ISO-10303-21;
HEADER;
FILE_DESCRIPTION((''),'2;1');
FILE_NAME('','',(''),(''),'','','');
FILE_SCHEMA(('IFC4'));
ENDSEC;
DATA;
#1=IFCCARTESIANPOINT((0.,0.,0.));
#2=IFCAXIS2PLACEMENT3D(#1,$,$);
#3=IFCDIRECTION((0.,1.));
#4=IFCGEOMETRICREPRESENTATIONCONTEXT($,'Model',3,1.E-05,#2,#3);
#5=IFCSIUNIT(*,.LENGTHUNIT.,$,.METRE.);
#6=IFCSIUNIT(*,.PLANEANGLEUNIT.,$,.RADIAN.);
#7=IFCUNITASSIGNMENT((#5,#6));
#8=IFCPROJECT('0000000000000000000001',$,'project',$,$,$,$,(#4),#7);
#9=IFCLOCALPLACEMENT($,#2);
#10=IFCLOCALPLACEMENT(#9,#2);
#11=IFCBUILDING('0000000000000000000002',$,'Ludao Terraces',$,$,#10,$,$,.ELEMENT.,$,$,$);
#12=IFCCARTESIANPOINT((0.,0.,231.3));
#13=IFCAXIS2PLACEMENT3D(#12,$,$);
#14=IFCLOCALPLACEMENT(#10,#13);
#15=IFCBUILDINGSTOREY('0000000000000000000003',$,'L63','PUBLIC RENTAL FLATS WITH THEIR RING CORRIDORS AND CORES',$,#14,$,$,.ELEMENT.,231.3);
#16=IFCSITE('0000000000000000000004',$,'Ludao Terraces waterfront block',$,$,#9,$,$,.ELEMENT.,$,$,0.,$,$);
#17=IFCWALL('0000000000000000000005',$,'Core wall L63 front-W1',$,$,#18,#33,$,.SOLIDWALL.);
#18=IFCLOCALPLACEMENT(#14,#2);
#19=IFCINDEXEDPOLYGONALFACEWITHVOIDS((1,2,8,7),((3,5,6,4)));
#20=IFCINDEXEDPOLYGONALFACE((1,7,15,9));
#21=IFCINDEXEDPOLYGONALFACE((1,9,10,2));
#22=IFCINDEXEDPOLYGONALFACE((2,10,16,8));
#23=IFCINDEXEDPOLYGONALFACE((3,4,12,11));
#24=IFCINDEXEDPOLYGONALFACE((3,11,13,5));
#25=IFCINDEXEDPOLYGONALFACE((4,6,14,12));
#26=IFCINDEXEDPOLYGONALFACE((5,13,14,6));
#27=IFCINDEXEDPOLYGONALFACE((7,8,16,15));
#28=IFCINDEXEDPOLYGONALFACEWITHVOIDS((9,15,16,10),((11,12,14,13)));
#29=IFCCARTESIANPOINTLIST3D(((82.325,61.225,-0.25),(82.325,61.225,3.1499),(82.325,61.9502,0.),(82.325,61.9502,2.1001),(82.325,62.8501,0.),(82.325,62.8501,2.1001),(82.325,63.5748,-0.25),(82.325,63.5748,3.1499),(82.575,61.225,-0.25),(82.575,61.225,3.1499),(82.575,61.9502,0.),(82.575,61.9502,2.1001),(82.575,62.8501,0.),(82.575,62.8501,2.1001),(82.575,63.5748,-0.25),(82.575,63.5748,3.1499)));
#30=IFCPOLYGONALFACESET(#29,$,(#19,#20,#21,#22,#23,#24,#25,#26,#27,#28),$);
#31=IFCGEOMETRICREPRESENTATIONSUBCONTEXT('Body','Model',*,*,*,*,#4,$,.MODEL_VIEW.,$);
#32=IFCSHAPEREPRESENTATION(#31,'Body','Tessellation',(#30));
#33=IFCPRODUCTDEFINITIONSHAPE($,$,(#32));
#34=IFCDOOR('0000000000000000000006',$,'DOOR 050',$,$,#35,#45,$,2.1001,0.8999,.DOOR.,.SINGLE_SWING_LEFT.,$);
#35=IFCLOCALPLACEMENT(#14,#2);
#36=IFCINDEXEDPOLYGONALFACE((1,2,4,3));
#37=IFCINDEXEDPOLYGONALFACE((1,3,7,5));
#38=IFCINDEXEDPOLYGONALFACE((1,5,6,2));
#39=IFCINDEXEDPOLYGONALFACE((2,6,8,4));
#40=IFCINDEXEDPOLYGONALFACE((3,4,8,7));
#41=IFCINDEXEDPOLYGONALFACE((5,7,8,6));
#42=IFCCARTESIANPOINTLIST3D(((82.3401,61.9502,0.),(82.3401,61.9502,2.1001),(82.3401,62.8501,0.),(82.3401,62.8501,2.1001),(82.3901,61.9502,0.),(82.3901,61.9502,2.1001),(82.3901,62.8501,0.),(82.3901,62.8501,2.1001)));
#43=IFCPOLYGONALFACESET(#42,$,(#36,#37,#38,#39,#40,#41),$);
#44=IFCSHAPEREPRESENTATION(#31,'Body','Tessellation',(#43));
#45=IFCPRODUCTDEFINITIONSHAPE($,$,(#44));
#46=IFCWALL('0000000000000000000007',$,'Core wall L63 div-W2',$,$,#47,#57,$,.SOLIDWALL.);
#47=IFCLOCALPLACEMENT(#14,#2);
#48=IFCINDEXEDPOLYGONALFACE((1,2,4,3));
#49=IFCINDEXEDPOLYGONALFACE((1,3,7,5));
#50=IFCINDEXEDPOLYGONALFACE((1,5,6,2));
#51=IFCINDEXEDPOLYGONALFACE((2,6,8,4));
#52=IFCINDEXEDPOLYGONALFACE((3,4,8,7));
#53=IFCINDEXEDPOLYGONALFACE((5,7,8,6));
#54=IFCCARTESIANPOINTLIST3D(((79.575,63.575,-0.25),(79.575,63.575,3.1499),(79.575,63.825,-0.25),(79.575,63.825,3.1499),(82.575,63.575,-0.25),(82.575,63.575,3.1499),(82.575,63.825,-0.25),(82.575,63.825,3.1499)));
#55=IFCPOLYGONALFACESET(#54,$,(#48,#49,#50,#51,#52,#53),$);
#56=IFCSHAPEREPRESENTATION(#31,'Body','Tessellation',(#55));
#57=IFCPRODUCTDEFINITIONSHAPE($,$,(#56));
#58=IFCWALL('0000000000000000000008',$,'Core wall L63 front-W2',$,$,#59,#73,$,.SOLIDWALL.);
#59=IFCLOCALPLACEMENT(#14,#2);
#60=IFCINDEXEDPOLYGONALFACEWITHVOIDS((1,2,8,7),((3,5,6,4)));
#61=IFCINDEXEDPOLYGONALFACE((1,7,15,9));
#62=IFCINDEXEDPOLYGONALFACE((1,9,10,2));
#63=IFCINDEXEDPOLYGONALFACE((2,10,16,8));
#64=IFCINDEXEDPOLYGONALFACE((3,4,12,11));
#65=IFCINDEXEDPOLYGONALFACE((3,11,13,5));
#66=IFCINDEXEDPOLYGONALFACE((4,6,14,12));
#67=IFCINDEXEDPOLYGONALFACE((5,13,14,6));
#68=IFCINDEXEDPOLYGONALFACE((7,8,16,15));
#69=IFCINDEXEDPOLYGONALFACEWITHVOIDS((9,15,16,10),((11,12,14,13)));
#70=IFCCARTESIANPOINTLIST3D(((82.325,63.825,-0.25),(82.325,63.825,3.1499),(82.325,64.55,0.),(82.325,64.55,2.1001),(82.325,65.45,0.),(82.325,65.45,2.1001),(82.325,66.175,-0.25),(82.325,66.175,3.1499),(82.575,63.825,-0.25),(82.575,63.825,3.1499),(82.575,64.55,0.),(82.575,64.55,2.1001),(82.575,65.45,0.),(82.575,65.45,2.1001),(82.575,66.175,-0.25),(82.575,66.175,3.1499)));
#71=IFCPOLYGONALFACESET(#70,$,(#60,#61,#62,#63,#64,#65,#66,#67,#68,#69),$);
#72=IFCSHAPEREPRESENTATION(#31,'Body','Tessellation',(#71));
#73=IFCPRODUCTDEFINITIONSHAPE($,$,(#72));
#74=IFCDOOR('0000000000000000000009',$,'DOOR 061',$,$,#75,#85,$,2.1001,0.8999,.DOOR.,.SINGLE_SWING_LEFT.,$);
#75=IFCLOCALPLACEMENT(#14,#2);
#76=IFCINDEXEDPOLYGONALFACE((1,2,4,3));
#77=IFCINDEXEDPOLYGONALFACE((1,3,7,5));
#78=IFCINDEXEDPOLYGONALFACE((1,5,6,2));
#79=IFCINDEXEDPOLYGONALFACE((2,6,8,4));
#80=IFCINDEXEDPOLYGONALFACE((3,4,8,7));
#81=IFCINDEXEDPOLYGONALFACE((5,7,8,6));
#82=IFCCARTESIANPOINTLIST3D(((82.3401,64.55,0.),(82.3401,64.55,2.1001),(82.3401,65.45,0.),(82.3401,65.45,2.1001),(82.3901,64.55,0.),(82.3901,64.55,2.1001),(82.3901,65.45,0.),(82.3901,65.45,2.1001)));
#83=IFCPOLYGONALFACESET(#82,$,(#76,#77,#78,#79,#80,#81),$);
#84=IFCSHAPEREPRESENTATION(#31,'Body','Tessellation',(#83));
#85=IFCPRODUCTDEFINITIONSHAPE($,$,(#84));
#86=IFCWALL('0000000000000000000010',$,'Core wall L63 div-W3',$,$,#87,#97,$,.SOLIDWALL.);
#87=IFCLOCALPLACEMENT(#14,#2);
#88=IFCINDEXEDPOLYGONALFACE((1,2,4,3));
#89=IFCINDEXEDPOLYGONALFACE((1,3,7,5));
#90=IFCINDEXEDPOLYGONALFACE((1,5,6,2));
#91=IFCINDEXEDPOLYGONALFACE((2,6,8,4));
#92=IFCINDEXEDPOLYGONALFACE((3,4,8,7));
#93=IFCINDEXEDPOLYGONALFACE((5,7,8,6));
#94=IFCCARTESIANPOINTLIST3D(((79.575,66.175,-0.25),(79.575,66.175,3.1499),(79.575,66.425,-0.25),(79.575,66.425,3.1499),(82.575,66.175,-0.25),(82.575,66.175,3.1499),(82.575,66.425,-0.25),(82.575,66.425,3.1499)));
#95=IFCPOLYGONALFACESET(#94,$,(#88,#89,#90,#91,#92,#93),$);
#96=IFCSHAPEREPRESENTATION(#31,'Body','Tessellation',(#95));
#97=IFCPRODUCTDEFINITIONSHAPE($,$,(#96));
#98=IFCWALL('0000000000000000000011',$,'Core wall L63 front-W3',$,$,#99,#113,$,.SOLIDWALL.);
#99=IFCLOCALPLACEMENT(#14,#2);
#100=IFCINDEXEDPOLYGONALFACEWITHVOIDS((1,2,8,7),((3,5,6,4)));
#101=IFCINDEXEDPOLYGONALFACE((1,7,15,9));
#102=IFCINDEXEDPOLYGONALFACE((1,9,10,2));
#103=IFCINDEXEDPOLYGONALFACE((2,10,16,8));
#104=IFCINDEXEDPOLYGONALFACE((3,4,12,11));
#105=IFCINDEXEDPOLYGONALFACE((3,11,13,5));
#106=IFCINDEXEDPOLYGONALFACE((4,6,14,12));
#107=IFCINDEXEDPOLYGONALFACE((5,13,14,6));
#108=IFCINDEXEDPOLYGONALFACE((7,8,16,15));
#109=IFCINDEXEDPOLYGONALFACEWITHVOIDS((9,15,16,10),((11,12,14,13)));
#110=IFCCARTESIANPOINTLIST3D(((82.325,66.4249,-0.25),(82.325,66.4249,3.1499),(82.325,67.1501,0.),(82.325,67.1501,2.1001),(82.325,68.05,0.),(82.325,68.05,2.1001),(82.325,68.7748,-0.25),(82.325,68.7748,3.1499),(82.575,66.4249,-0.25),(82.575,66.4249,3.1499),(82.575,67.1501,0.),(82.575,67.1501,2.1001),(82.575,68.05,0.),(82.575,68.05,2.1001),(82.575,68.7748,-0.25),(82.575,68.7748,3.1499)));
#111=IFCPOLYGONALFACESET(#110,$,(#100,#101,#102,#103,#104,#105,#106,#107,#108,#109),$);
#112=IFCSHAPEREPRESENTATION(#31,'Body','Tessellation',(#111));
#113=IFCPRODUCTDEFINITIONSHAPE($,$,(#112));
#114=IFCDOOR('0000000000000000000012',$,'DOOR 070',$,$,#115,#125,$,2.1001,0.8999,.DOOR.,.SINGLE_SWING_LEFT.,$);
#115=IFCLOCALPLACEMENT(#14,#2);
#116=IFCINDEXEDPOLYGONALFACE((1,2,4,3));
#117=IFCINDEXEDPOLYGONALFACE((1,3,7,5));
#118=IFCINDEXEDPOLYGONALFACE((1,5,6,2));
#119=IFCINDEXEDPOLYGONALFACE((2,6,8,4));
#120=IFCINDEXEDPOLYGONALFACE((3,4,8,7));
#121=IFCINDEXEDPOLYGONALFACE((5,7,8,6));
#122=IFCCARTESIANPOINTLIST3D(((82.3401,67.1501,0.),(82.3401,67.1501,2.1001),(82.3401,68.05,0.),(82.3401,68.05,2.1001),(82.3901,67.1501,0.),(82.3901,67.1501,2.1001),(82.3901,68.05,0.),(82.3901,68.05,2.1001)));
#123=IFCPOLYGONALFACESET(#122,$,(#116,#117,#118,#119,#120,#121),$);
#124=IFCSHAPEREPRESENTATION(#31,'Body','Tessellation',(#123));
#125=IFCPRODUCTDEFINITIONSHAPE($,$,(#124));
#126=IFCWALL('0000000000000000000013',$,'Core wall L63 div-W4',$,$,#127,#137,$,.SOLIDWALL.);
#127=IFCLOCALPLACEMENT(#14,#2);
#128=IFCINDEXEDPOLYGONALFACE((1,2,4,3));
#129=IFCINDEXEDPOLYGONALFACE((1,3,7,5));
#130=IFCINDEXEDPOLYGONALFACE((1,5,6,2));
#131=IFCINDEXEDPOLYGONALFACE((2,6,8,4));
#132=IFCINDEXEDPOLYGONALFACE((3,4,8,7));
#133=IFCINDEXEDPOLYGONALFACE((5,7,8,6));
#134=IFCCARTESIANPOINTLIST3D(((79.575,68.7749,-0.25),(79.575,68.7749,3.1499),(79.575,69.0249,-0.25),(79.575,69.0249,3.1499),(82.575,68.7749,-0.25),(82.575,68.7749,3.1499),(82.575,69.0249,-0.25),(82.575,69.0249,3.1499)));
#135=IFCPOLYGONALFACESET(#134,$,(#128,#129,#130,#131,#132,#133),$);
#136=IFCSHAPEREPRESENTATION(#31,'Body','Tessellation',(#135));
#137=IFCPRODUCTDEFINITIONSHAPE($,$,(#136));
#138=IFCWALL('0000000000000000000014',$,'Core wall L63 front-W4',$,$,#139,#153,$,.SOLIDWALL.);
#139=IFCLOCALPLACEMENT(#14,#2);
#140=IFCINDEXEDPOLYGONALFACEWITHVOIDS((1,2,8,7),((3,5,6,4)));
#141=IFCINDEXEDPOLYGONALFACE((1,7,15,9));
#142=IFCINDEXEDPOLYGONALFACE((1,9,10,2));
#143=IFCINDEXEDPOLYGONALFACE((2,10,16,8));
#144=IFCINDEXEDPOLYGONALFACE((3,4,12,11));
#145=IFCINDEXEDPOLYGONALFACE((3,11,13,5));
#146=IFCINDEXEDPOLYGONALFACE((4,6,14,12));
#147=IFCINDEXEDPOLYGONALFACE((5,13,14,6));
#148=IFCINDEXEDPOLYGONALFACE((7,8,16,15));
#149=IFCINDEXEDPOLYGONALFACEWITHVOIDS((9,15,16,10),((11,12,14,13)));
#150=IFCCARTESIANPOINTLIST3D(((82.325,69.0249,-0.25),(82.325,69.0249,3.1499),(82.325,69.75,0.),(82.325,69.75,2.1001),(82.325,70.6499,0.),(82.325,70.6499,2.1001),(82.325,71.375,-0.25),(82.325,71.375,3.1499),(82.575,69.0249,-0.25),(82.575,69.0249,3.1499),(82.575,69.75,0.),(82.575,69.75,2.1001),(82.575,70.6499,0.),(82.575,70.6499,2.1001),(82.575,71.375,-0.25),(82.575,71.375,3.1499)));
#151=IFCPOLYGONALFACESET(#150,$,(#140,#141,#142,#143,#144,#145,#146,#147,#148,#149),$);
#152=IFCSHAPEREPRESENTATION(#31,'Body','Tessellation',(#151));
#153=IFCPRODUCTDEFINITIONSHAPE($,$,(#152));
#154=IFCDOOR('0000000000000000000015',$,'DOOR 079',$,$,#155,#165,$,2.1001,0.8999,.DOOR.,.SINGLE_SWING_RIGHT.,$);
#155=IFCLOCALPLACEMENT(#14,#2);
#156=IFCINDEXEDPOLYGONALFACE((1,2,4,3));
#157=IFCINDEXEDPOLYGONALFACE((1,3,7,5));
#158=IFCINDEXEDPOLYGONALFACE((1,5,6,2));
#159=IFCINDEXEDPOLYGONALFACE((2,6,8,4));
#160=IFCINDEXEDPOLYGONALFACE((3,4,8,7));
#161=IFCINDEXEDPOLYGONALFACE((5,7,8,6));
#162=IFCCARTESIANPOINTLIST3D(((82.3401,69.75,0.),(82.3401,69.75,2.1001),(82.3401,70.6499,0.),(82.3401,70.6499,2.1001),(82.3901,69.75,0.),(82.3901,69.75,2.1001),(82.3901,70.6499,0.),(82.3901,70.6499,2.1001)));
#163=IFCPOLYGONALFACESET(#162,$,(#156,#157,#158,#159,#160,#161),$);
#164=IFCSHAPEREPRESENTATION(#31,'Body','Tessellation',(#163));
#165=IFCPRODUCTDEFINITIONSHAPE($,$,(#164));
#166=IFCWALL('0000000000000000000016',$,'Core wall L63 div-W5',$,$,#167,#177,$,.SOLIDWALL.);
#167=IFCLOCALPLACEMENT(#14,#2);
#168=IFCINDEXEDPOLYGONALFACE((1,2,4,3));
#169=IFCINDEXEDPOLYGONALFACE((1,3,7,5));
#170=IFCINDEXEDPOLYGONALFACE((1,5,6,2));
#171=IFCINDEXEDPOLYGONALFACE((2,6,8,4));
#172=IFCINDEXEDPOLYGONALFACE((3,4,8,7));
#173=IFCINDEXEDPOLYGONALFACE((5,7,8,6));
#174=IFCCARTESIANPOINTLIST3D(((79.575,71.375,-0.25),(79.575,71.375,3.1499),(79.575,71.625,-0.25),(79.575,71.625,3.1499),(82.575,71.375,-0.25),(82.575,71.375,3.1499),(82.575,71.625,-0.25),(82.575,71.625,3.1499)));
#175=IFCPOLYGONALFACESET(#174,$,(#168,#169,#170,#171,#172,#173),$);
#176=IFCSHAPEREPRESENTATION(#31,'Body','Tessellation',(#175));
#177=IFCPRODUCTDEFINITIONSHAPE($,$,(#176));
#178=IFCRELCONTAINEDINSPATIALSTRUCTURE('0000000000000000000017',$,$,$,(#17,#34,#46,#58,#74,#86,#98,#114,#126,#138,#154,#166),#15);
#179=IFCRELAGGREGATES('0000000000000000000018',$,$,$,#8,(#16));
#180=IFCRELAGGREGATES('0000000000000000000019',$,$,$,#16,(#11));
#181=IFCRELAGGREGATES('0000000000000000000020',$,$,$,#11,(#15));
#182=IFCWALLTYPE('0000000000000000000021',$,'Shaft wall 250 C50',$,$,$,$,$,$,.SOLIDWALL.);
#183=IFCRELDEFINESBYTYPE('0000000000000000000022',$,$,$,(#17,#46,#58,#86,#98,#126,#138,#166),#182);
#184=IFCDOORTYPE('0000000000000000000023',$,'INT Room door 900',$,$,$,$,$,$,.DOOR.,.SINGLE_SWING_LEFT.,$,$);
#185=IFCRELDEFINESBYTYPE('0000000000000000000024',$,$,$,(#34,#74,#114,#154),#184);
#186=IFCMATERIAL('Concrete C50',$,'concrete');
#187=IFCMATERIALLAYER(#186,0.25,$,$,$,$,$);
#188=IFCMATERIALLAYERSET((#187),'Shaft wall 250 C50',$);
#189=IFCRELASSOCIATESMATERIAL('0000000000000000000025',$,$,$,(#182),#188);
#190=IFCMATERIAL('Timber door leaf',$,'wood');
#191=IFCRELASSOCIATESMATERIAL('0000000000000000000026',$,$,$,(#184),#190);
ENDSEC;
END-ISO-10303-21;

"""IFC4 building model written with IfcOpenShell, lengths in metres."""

from ifc_helpers import new_model, si_unit, direction, frame, frame_2d, origin, place, context, subcontext, project, spatial, rectangle, extrude, material, layer, layer_set, type_object, element, fill, save


model = new_model("IFC4")

# Units and contexts
model_context = context("Model", 3, precision=1e-05, world=origin(), true_north=direction((0.0, 1.0)))
body_context = subcontext(model_context, "Body", "Model", "MODEL_VIEW")
ifc_project = project(units=[si_unit("LENGTHUNIT", "METRE"), si_unit("PLANEANGLEUNIT", "RADIAN")], contexts=[model_context])

# Site, building, storey
site_placement = place(None, origin())
site = spatial("IfcSite", under=ifc_project, at=site_placement, Name="Ludao Terraces waterfront block", CompositionType="ELEMENT", RefElevation=0.0)
building_placement = place(site_placement, origin())
building = spatial("IfcBuilding", under=site, at=building_placement, Name="Ludao Terraces", CompositionType="ELEMENT")
storey_placement = place(building_placement, frame((0.0, 0.0, 231.3)))
storey = spatial("IfcBuildingStorey", under=building, at=storey_placement, Name="L63", Description="PUBLIC RENTAL FLATS WITH THEIR RING CORRIDORS AND CORES", CompositionType="ELEMENT", Elevation=231.3)

# Shared definitions
ifc_material_1 = material(Name="Timber door leaf", Category="wood")

# Shared definitions
ifc_material_2 = material(Name="Concrete C50", Category="concrete")
ifc_layer_1 = layer(ifc_material_2, 0.25)
ifc_layer_set_1 = layer_set([ifc_layer_1], Name="Shaft wall 250 C50")
wall_type_1 = type_object("IfcWallType", Name="Shaft wall 250 C50", PredefinedType="SOLIDWALL", material=ifc_layer_set_1)

# Wall, opening, door
wall_1_placement = place(storey_placement, frame((82.45, 61.2251, -0.25), z_axis=(0.0, 0.0, 1.0), x_axis=(0.0, 1.0, 0.0)))
wall_1 = element("IfcWall", 1, at=wall_1_placement, inside=storey, type_object=wall_type_1, Name="Core wall L63 front-W1", PredefinedType="SOLIDWALL", context=body_context, shape_type="SweptSolid", body=[
    extrude(rectangle(XDim=2.3499, YDim=0.25, at=frame_2d((1.1748, 0.0))), origin(), (0.0, 0.0, 1.0), 3.3999),
])
opening_1_placement = place(wall_1_placement, frame((0.7251, 0.0, 0.25)))
opening_1 = element("IfcOpeningElement", 2, at=opening_1_placement, cuts=wall_1, PredefinedType="OPENING", context=body_context, shape_type="SweptSolid", body=[
    extrude(rectangle(XDim=0.8999, YDim=2.1001, at=frame_2d((0.45, 1.05))), frame((0.0, 0.135, 0.0), z_axis=(0.0, -1.0, 0.0), x_axis=(1.0, 0.0, 0.0)), (0.0, 0.0, 1.0), 0.27),
])
door_type_1 = type_object("IfcDoorType", Name="INT Room door 900", OperationType="SINGLE_SWING_LEFT", PredefinedType="DOOR", material=ifc_material_1)
door_1_placement = place(opening_1_placement, origin())
door_1 = element("IfcDoor", 3, at=door_1_placement, inside=storey, type_object=door_type_1, Name="DOOR 050", OperationType="SINGLE_SWING_LEFT", OverallHeight=2.1001, OverallWidth=0.8999, PredefinedType="DOOR", context=body_context, shape_type="SweptSolid", body=[
    extrude(rectangle(XDim=0.8999, YDim=2.1001, at=frame_2d((0.45, 1.05))), frame((0.0, 0.1099, 0.0), z_axis=(0.0, -1.0, 0.0), x_axis=(1.0, 0.0, 0.0)), (0.0, 0.0, 1.0), 0.05),
])
fill(opening_1, door_1)

# Wall
wall_2_placement = place(storey_placement, frame((79.575, 63.7, -0.25), z_axis=(0.0, 0.0, 1.0), x_axis=(1.0, 0.0, 0.0)))
element("IfcWall", 4, at=wall_2_placement, inside=storey, type_object=wall_type_1, Name="Core wall L63 div-W2", PredefinedType="SOLIDWALL", context=body_context, shape_type="SweptSolid", body=[
    extrude(rectangle(XDim=3.0, YDim=0.25, at=frame_2d((1.5, 0.0))), origin(), (0.0, 0.0, 1.0), 3.3999),
])

# Wall, opening, door
wall_3_placement = place(storey_placement, frame((82.45, 63.825, -0.25), z_axis=(0.0, 0.0, 1.0), x_axis=(0.0, 1.0, 0.0)))
wall_3 = element("IfcWall", 5, at=wall_3_placement, inside=storey, type_object=wall_type_1, Name="Core wall L63 front-W2", PredefinedType="SOLIDWALL", context=body_context, shape_type="SweptSolid", body=[
    extrude(rectangle(XDim=2.3501, YDim=0.25, at=frame_2d((1.175, 0.0))), origin(), (0.0, 0.0, 1.0), 3.3999),
])
opening_2_placement = place(wall_3_placement, frame((0.7251, 0.0, 0.25)))
opening_2 = element("IfcOpeningElement", 6, at=opening_2_placement, cuts=wall_3, PredefinedType="OPENING", context=body_context, shape_type="SweptSolid", body=[
    extrude(rectangle(XDim=0.8999, YDim=2.1001, at=frame_2d((0.45, 1.05))), frame((0.0, 0.135, 0.0), z_axis=(0.0, -1.0, 0.0), x_axis=(1.0, 0.0, 0.0)), (0.0, 0.0, 1.0), 0.27),
])
door_2_placement = place(opening_2_placement, origin())
door_2 = element("IfcDoor", 7, at=door_2_placement, inside=storey, type_object=door_type_1, Name="DOOR 061", OperationType="SINGLE_SWING_LEFT", OverallHeight=2.1001, OverallWidth=0.8999, PredefinedType="DOOR", context=body_context, shape_type="SweptSolid", body=[
    extrude(rectangle(XDim=0.8999, YDim=2.1001, at=frame_2d((0.45, 1.05))), frame((0.0, 0.1099, 0.0), z_axis=(0.0, -1.0, 0.0), x_axis=(1.0, 0.0, 0.0)), (0.0, 0.0, 1.0), 0.05),
])
fill(opening_2, door_2)

# Wall
wall_4_placement = place(storey_placement, frame((79.575, 66.3, -0.25), z_axis=(0.0, 0.0, 1.0), x_axis=(1.0, 0.0, 0.0)))
element("IfcWall", 8, at=wall_4_placement, inside=storey, type_object=wall_type_1, Name="Core wall L63 div-W3", PredefinedType="SOLIDWALL", context=body_context, shape_type="SweptSolid", body=[
    extrude(rectangle(XDim=3.0, YDim=0.25, at=frame_2d((1.5, 0.0))), origin(), (0.0, 0.0, 1.0), 3.3999),
])

# Wall, opening, door
wall_5_placement = place(storey_placement, frame((82.45, 66.425, -0.25), z_axis=(0.0, 0.0, 1.0), x_axis=(0.0, 1.0, 0.0)))
wall_5 = element("IfcWall", 9, at=wall_5_placement, inside=storey, type_object=wall_type_1, Name="Core wall L63 front-W3", PredefinedType="SOLIDWALL", context=body_context, shape_type="SweptSolid", body=[
    extrude(rectangle(XDim=2.3499, YDim=0.25, at=frame_2d((1.1748, 0.0))), origin(), (0.0, 0.0, 1.0), 3.3999),
])
opening_3_placement = place(wall_5_placement, frame((0.7251, 0.0, 0.25)))
opening_3 = element("IfcOpeningElement", 10, at=opening_3_placement, cuts=wall_5, PredefinedType="OPENING", context=body_context, shape_type="SweptSolid", body=[
    extrude(rectangle(XDim=0.8999, YDim=2.1001, at=frame_2d((0.45, 1.05))), frame((0.0, 0.135, 0.0), z_axis=(0.0, -1.0, 0.0), x_axis=(1.0, 0.0, 0.0)), (0.0, 0.0, 1.0), 0.27),
])
door_3_placement = place(opening_3_placement, origin())
door_3 = element("IfcDoor", 11, at=door_3_placement, inside=storey, type_object=door_type_1, Name="DOOR 070", OperationType="SINGLE_SWING_LEFT", OverallHeight=2.1001, OverallWidth=0.8999, PredefinedType="DOOR", context=body_context, shape_type="SweptSolid", body=[
    extrude(rectangle(XDim=0.8999, YDim=2.1001, at=frame_2d((0.45, 1.05))), frame((0.0, 0.1099, 0.0), z_axis=(0.0, -1.0, 0.0), x_axis=(1.0, 0.0, 0.0)), (0.0, 0.0, 1.0), 0.05),
])
fill(opening_3, door_3)

# Wall
wall_6_placement = place(storey_placement, frame((79.575, 68.8999, -0.25), z_axis=(0.0, 0.0, 1.0), x_axis=(1.0, 0.0, 0.0)))
element("IfcWall", 12, at=wall_6_placement, inside=storey, type_object=wall_type_1, Name="Core wall L63 div-W4", PredefinedType="SOLIDWALL", context=body_context, shape_type="SweptSolid", body=[
    extrude(rectangle(XDim=3.0, YDim=0.25, at=frame_2d((1.5, 0.0))), origin(), (0.0, 0.0, 1.0), 3.3999),
])

# Wall, opening, door
wall_7_placement = place(storey_placement, frame((82.45, 69.0249, -0.25), z_axis=(0.0, 0.0, 1.0), x_axis=(0.0, 1.0, 0.0)))
wall_7 = element("IfcWall", 13, at=wall_7_placement, inside=storey, type_object=wall_type_1, Name="Core wall L63 front-W4", PredefinedType="SOLIDWALL", context=body_context, shape_type="SweptSolid", body=[
    extrude(rectangle(XDim=2.3501, YDim=0.25, at=frame_2d((1.175, 0.0))), origin(), (0.0, 0.0, 1.0), 3.3999),
])
opening_4_placement = place(wall_7_placement, frame((0.7251, 0.0, 0.25)))
opening_4 = element("IfcOpeningElement", 14, at=opening_4_placement, cuts=wall_7, PredefinedType="OPENING", context=body_context, shape_type="SweptSolid", body=[
    extrude(rectangle(XDim=0.8999, YDim=2.1001, at=frame_2d((0.45, 1.05))), frame((0.0, 0.135, 0.0), z_axis=(0.0, -1.0, 0.0), x_axis=(1.0, 0.0, 0.0)), (0.0, 0.0, 1.0), 0.27),
])
door_4_placement = place(opening_4_placement, origin())
door_4 = element("IfcDoor", 15, at=door_4_placement, inside=storey, type_object=door_type_1, Name="DOOR 079", OperationType="SINGLE_SWING_RIGHT", OverallHeight=2.1001, OverallWidth=0.8999, PredefinedType="DOOR", context=body_context, shape_type="SweptSolid", body=[
    extrude(rectangle(XDim=0.8999, YDim=2.1001, at=frame_2d((0.45, 1.05))), frame((0.0, 0.1099, 0.0), z_axis=(0.0, -1.0, 0.0), x_axis=(1.0, 0.0, 0.0)), (0.0, 0.0, 1.0), 0.05),
])
fill(opening_4, door_4)

# Wall
wall_8_placement = place(storey_placement, frame((79.575, 71.5, -0.25), z_axis=(0.0, 0.0, 1.0), x_axis=(1.0, 0.0, 0.0)))
element("IfcWall", 16, at=wall_8_placement, inside=storey, type_object=wall_type_1, Name="Core wall L63 div-W5", PredefinedType="SOLIDWALL", context=body_context, shape_type="SweptSolid", body=[
    extrude(rectangle(XDim=3.0, YDim=0.25, at=frame_2d((1.5, 0.0))), origin(), (0.0, 0.0, 1.0), 3.3999),
])

save(model, "model.ifc")
